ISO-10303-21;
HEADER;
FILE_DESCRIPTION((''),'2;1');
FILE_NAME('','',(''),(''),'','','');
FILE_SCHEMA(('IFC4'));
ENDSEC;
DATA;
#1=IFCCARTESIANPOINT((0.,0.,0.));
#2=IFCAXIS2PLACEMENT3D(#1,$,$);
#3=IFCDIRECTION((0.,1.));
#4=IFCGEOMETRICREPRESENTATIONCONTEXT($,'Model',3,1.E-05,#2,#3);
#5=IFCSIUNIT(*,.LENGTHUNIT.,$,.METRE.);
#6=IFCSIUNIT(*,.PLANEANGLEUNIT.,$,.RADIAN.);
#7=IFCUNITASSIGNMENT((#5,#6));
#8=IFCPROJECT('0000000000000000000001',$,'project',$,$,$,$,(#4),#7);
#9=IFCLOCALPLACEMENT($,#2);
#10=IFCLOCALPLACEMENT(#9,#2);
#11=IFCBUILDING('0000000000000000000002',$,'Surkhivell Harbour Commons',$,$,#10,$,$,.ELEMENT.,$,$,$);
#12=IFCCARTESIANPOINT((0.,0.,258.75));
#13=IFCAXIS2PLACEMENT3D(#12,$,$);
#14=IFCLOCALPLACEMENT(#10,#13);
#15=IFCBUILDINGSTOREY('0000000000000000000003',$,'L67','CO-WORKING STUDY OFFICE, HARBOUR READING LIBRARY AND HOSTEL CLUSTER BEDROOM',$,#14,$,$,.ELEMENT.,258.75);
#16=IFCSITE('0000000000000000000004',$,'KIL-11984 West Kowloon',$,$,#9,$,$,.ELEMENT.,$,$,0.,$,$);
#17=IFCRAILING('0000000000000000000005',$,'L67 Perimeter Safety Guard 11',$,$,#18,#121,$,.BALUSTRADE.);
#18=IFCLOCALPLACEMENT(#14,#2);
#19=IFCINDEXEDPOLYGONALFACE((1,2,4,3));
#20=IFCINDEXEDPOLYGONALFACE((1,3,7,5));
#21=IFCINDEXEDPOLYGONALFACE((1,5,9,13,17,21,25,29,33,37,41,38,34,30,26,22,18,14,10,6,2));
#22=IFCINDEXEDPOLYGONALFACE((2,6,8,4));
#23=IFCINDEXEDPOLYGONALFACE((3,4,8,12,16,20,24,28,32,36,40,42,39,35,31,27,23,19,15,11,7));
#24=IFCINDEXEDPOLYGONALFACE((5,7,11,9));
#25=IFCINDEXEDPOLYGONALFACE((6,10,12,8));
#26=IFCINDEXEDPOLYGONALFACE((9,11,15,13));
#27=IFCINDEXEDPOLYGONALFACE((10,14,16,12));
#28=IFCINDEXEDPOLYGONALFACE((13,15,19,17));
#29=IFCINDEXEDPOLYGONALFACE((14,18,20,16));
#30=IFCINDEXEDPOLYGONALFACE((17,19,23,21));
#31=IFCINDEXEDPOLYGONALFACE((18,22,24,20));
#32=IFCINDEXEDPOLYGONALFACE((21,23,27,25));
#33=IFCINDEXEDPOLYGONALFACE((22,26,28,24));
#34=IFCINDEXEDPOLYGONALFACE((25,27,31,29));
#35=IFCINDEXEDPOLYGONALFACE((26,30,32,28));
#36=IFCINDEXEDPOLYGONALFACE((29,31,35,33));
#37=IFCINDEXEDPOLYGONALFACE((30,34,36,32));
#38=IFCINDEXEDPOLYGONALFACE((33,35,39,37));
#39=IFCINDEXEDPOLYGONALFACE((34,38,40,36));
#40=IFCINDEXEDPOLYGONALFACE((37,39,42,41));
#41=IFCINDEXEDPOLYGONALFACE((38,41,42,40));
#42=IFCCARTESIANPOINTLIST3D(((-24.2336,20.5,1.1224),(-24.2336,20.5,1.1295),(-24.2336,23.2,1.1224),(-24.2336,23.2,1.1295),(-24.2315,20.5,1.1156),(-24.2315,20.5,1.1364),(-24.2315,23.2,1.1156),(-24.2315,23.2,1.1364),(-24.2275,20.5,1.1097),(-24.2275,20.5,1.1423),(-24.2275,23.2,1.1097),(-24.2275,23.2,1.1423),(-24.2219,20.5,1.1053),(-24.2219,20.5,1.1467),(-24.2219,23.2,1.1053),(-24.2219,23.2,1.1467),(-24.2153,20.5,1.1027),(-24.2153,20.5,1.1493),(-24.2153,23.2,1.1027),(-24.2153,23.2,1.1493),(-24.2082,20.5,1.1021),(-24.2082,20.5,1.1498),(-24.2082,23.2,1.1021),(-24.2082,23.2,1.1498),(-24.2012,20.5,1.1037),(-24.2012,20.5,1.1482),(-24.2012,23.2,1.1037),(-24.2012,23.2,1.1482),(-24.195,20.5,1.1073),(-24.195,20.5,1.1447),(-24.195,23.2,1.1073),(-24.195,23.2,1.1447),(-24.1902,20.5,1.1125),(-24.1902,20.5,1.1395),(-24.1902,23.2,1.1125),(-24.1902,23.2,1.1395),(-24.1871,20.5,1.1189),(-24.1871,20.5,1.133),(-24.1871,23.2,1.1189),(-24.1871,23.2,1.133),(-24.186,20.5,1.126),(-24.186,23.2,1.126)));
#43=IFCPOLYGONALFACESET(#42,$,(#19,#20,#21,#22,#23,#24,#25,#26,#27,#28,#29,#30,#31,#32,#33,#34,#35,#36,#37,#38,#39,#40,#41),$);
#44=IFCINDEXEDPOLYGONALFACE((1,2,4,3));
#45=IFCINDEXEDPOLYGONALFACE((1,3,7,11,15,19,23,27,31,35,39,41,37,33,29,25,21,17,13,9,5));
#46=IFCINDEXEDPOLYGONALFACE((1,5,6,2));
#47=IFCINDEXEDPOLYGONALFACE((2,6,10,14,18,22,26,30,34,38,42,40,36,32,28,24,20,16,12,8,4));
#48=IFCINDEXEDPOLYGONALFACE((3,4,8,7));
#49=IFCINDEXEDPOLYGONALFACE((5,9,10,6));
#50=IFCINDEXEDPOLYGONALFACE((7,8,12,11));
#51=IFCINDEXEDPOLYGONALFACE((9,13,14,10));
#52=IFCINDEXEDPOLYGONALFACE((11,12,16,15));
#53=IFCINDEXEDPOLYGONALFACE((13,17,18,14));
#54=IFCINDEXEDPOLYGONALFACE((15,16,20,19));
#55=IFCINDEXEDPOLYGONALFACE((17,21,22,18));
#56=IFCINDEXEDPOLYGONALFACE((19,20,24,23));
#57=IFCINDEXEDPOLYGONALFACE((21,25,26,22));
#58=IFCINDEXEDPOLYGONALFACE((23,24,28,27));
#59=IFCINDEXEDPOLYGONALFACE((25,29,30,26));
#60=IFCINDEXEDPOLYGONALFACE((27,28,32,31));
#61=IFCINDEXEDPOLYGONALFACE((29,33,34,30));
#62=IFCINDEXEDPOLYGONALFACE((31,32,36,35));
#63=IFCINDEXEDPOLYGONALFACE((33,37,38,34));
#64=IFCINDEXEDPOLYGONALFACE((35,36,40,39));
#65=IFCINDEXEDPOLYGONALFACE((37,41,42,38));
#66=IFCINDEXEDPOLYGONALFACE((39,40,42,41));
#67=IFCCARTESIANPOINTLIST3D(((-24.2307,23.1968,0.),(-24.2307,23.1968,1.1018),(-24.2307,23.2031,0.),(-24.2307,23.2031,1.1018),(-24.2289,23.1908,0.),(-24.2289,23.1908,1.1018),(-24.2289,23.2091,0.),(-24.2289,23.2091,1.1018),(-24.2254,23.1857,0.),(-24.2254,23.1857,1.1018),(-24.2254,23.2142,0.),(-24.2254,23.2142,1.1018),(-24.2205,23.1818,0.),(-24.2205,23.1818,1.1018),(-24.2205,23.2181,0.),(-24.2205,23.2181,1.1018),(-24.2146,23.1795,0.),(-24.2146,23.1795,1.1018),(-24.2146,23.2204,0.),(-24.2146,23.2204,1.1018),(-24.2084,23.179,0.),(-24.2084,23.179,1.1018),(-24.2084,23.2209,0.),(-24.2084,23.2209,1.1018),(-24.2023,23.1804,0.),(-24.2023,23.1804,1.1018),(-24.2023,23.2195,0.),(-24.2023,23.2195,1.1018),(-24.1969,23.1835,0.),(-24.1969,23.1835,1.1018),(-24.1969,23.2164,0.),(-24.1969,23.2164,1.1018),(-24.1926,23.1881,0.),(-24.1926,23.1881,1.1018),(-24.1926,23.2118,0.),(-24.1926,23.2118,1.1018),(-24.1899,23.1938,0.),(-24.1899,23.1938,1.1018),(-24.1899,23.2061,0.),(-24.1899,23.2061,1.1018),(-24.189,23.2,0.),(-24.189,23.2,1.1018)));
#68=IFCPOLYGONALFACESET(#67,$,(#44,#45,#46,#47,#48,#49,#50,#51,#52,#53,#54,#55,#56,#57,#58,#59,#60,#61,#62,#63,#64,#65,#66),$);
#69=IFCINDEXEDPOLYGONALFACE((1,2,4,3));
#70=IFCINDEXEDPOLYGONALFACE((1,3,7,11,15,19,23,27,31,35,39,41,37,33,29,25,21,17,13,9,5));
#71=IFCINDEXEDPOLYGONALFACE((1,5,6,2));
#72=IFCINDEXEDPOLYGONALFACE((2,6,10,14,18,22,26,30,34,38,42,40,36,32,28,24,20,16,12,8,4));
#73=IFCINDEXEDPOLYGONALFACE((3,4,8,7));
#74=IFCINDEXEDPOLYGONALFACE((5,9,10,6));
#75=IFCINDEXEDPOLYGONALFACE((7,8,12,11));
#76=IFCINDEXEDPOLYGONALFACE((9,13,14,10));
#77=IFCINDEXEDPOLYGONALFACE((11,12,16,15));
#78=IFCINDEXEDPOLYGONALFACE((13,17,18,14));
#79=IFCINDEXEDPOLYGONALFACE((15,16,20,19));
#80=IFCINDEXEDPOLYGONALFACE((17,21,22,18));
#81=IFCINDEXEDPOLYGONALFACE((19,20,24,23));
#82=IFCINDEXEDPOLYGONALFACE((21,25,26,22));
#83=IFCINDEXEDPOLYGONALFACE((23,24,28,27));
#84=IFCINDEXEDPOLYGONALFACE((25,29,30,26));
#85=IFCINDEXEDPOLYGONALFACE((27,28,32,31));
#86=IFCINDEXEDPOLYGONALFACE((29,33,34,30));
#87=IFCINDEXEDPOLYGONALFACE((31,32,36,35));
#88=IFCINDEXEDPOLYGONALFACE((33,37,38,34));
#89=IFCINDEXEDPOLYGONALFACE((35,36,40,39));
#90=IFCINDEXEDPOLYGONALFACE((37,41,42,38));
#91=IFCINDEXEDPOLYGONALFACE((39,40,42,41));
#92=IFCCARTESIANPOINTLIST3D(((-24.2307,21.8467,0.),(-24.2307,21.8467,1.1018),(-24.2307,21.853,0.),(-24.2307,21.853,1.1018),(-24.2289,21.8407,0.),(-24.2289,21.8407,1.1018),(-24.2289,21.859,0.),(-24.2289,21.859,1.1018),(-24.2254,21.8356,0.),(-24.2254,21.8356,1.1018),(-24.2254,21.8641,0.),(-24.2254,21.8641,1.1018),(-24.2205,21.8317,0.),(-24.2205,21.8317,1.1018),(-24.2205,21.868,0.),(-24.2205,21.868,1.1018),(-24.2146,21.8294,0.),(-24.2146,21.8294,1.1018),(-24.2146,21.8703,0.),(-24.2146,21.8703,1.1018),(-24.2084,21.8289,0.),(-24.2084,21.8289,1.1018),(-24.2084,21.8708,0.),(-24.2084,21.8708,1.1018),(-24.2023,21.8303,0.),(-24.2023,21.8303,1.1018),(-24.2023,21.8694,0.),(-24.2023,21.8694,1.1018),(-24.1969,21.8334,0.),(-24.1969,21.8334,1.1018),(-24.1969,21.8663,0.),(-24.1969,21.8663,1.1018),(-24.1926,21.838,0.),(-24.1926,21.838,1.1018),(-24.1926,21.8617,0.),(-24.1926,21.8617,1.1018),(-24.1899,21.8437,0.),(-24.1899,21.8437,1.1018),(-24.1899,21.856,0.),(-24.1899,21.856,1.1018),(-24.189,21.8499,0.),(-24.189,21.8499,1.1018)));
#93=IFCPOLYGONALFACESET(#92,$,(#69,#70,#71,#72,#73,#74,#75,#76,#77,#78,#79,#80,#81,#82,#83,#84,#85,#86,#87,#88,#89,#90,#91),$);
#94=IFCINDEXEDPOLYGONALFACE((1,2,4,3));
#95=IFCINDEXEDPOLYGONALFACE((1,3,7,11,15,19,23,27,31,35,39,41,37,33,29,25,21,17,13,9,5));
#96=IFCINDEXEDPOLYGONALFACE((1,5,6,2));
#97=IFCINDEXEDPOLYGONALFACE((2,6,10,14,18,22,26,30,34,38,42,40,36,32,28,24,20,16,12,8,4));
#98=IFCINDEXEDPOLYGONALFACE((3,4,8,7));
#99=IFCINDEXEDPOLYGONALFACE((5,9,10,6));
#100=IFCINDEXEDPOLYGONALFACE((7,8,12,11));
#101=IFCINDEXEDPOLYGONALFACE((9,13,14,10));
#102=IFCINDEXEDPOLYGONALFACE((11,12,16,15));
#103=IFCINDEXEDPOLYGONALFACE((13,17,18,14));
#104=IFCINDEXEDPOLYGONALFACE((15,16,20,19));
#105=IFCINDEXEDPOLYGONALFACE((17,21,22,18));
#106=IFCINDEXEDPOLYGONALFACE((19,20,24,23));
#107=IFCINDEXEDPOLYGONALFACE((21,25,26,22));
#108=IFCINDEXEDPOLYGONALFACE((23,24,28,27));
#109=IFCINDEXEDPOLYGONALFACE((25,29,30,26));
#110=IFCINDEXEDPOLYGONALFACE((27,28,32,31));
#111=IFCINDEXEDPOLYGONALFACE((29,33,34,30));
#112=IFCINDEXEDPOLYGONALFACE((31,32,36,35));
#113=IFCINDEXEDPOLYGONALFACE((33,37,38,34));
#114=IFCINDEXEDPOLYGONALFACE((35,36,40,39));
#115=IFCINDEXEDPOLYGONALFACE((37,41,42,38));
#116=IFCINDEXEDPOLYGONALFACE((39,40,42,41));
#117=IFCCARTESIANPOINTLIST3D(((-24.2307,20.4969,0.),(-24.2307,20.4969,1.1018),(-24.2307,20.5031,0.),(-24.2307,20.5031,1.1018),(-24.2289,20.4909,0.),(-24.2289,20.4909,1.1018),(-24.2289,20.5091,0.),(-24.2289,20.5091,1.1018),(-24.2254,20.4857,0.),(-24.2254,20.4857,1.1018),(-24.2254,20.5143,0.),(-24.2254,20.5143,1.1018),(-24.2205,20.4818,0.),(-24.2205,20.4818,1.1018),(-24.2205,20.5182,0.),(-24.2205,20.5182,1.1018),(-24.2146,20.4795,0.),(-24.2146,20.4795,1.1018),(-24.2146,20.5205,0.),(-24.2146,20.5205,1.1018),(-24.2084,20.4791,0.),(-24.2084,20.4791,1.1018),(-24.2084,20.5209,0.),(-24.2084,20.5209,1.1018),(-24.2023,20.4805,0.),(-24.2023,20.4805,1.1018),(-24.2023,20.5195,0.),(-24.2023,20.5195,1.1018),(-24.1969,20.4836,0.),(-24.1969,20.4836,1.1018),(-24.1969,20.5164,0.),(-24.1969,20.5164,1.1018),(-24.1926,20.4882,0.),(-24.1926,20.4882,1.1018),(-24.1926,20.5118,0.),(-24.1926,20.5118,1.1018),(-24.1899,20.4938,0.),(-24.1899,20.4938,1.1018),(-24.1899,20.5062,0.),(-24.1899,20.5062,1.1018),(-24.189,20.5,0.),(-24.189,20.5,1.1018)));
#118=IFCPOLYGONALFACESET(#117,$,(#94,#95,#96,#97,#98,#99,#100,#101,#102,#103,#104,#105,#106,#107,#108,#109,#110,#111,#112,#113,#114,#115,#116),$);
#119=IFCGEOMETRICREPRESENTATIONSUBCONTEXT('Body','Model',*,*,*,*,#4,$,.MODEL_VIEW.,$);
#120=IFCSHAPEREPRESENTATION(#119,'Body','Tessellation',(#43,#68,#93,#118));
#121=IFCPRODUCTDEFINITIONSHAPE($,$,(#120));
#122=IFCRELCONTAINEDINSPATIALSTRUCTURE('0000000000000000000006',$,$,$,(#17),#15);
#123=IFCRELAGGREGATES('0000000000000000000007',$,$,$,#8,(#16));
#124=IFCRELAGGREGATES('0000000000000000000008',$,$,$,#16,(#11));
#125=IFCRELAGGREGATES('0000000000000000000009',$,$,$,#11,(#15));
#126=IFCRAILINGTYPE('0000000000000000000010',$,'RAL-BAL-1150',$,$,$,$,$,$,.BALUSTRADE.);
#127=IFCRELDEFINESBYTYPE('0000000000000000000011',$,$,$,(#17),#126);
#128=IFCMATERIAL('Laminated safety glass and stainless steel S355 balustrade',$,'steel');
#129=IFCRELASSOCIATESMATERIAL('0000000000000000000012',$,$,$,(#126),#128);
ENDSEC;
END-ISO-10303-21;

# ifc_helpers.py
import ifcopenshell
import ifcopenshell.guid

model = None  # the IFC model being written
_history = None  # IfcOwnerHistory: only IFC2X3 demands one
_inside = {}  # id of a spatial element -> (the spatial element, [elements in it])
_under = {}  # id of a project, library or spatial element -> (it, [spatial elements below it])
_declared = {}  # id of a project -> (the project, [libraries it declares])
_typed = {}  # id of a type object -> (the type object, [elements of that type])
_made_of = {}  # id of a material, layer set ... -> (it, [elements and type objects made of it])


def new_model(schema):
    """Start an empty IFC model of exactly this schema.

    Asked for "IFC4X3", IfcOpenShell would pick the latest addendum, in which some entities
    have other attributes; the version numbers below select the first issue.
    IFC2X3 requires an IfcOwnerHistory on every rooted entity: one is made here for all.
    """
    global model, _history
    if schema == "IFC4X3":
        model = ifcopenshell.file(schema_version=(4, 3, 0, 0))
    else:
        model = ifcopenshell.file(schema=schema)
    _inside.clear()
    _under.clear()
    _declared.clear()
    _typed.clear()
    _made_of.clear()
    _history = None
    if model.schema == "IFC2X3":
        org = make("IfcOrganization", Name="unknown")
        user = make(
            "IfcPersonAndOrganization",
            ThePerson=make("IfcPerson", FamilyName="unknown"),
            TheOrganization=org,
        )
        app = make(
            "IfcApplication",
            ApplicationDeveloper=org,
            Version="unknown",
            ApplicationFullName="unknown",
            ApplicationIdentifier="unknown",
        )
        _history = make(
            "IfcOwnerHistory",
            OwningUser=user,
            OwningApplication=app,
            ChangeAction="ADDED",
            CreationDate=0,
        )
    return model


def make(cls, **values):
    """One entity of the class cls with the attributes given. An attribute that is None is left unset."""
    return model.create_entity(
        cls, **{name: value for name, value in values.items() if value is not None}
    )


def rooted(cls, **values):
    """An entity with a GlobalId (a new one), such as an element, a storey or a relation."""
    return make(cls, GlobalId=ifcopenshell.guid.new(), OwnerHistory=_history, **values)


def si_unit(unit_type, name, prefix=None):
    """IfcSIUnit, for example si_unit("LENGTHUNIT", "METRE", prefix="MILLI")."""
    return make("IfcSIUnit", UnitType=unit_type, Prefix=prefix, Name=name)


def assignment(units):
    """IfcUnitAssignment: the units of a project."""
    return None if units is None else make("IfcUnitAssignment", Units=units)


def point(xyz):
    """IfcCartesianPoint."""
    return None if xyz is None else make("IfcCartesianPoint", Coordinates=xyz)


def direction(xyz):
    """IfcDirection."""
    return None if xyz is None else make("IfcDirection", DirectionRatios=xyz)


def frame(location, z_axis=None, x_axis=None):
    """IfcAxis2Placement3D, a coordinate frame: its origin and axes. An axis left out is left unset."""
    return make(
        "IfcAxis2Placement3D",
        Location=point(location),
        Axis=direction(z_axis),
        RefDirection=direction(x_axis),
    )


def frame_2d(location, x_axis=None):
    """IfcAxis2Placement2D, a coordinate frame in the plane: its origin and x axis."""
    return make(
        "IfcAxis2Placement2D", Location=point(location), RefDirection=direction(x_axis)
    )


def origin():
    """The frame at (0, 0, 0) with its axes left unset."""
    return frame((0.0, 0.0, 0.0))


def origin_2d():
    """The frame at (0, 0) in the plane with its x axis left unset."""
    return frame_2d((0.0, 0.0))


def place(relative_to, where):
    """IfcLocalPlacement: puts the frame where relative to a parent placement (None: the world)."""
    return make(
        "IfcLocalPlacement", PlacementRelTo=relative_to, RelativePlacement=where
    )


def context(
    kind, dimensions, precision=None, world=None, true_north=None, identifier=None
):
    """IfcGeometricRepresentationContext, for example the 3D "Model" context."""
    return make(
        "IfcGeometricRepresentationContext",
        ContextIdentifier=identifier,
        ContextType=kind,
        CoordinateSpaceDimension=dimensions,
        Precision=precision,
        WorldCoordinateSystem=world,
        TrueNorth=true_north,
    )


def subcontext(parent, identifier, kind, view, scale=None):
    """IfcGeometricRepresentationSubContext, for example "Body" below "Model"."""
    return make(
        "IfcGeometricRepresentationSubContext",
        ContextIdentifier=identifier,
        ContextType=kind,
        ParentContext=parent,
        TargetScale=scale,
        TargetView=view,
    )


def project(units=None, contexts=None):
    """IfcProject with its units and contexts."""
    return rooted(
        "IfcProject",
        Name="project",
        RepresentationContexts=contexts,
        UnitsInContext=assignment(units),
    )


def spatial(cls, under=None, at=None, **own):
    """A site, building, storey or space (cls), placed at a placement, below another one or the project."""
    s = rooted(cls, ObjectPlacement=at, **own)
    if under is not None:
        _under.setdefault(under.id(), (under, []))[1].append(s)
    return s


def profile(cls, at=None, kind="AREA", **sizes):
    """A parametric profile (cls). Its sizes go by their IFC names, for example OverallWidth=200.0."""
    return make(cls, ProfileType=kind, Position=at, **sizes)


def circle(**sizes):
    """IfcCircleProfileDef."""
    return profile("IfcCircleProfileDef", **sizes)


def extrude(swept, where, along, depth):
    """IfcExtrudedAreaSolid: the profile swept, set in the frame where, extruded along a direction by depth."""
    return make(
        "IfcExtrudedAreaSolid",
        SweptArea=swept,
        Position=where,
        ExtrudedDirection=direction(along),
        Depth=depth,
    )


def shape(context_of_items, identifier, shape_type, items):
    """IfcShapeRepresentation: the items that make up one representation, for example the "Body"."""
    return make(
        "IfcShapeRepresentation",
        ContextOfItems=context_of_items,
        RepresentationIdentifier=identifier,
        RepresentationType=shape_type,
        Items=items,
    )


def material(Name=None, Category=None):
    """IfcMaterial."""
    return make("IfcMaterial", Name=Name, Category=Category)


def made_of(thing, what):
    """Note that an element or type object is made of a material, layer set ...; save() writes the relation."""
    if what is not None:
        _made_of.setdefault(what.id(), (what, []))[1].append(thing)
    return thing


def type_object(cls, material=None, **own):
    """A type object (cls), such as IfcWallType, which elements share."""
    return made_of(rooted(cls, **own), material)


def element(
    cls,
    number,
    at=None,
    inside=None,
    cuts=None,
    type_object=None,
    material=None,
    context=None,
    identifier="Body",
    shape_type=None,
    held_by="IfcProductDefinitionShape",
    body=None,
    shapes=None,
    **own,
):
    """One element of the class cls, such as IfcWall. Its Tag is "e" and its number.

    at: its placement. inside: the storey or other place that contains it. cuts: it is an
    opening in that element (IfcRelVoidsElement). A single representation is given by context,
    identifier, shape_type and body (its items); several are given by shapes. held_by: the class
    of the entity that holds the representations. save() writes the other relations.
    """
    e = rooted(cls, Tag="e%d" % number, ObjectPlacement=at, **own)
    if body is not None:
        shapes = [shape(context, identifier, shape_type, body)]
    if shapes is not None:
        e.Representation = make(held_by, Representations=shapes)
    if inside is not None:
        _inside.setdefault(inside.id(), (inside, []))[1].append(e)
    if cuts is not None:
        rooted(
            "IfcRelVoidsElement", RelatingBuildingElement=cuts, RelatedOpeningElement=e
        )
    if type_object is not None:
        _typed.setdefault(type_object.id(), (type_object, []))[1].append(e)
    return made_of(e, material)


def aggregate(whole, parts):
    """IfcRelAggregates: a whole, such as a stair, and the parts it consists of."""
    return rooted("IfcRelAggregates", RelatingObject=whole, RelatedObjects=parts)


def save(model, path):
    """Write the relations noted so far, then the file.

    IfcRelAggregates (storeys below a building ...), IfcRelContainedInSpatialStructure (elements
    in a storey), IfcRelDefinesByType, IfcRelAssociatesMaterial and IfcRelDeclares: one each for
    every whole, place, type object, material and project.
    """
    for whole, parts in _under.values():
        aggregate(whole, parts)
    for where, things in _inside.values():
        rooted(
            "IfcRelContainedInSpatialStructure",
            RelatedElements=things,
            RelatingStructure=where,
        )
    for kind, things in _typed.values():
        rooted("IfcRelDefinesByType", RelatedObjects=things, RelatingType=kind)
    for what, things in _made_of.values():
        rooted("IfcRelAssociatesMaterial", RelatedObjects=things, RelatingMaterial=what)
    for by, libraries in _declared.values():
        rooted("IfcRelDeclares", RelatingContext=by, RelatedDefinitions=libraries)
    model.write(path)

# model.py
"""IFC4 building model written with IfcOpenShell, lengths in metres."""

from ifc_helpers import new_model, si_unit, direction, frame, origin, origin_2d, place, context, subcontext, project, spatial, circle, extrude, material, type_object, element, save


model = new_model("IFC4")

# Units and contexts
model_context = context("Model", 3, precision=1e-05, world=origin(), true_north=direction((0.0, 1.0)))
body_context = subcontext(model_context, "Body", "Model", "MODEL_VIEW")
ifc_project = project(units=[si_unit("LENGTHUNIT", "METRE"), si_unit("PLANEANGLEUNIT", "RADIAN")], contexts=[model_context])

# Site, building, storey
site_placement = place(None, origin())
site = spatial("IfcSite", under=ifc_project, at=site_placement, Name="KIL-11984 West Kowloon", CompositionType="ELEMENT", RefElevation=0.0)
building_placement = place(site_placement, origin())
building = spatial("IfcBuilding", under=site, at=building_placement, Name="Surkhivell Harbour Commons", CompositionType="ELEMENT")
storey_placement = place(building_placement, frame((0.0, 0.0, 258.75)))
storey = spatial("IfcBuildingStorey", under=building, at=storey_placement, Name="L67", Description="CO-WORKING STUDY OFFICE, HARBOUR READING LIBRARY AND HOSTEL CLUSTER BEDROOM", CompositionType="ELEMENT", Elevation=258.75)

# Railing
ifc_material_1 = material(Name="Laminated safety glass and stainless steel S355 balustrade", Category="steel")
railing_type = type_object("IfcRailingType", Name="RAL-BAL-1150", PredefinedType="BALUSTRADE", material=ifc_material_1)
railing_1_placement = place(storey_placement, frame((-24.21, 23.2, 0.0)))
element("IfcRailing", 1, at=railing_1_placement, inside=storey, type_object=railing_type, Name="L67 Perimeter Safety Guard 11", PredefinedType="BALUSTRADE", context=body_context, shape_type="SweptSolid", body=[
    extrude(circle(Radius=0.0239, at=origin_2d()), frame((0.0, 0.0, 1.126), z_axis=(0.0, -1.0, 0.0), x_axis=(1.0, 0.0, 0.0)), (0.0, 0.0, 1.0), 2.7),
    extrude(circle(Radius=0.021, at=origin_2d()), origin(), (0.0, 0.0, 1.0), 1.1018),
    extrude(circle(Radius=0.021, at=origin_2d()), frame((0.0, -1.3501, 0.0)), (0.0, 0.0, 1.0), 1.1018),
    extrude(circle(Radius=0.021, at=origin_2d()), frame((0.0, -2.7, 0.0)), (0.0, 0.0, 1.0), 1.1018),
])

save(model, "model.ifc")
